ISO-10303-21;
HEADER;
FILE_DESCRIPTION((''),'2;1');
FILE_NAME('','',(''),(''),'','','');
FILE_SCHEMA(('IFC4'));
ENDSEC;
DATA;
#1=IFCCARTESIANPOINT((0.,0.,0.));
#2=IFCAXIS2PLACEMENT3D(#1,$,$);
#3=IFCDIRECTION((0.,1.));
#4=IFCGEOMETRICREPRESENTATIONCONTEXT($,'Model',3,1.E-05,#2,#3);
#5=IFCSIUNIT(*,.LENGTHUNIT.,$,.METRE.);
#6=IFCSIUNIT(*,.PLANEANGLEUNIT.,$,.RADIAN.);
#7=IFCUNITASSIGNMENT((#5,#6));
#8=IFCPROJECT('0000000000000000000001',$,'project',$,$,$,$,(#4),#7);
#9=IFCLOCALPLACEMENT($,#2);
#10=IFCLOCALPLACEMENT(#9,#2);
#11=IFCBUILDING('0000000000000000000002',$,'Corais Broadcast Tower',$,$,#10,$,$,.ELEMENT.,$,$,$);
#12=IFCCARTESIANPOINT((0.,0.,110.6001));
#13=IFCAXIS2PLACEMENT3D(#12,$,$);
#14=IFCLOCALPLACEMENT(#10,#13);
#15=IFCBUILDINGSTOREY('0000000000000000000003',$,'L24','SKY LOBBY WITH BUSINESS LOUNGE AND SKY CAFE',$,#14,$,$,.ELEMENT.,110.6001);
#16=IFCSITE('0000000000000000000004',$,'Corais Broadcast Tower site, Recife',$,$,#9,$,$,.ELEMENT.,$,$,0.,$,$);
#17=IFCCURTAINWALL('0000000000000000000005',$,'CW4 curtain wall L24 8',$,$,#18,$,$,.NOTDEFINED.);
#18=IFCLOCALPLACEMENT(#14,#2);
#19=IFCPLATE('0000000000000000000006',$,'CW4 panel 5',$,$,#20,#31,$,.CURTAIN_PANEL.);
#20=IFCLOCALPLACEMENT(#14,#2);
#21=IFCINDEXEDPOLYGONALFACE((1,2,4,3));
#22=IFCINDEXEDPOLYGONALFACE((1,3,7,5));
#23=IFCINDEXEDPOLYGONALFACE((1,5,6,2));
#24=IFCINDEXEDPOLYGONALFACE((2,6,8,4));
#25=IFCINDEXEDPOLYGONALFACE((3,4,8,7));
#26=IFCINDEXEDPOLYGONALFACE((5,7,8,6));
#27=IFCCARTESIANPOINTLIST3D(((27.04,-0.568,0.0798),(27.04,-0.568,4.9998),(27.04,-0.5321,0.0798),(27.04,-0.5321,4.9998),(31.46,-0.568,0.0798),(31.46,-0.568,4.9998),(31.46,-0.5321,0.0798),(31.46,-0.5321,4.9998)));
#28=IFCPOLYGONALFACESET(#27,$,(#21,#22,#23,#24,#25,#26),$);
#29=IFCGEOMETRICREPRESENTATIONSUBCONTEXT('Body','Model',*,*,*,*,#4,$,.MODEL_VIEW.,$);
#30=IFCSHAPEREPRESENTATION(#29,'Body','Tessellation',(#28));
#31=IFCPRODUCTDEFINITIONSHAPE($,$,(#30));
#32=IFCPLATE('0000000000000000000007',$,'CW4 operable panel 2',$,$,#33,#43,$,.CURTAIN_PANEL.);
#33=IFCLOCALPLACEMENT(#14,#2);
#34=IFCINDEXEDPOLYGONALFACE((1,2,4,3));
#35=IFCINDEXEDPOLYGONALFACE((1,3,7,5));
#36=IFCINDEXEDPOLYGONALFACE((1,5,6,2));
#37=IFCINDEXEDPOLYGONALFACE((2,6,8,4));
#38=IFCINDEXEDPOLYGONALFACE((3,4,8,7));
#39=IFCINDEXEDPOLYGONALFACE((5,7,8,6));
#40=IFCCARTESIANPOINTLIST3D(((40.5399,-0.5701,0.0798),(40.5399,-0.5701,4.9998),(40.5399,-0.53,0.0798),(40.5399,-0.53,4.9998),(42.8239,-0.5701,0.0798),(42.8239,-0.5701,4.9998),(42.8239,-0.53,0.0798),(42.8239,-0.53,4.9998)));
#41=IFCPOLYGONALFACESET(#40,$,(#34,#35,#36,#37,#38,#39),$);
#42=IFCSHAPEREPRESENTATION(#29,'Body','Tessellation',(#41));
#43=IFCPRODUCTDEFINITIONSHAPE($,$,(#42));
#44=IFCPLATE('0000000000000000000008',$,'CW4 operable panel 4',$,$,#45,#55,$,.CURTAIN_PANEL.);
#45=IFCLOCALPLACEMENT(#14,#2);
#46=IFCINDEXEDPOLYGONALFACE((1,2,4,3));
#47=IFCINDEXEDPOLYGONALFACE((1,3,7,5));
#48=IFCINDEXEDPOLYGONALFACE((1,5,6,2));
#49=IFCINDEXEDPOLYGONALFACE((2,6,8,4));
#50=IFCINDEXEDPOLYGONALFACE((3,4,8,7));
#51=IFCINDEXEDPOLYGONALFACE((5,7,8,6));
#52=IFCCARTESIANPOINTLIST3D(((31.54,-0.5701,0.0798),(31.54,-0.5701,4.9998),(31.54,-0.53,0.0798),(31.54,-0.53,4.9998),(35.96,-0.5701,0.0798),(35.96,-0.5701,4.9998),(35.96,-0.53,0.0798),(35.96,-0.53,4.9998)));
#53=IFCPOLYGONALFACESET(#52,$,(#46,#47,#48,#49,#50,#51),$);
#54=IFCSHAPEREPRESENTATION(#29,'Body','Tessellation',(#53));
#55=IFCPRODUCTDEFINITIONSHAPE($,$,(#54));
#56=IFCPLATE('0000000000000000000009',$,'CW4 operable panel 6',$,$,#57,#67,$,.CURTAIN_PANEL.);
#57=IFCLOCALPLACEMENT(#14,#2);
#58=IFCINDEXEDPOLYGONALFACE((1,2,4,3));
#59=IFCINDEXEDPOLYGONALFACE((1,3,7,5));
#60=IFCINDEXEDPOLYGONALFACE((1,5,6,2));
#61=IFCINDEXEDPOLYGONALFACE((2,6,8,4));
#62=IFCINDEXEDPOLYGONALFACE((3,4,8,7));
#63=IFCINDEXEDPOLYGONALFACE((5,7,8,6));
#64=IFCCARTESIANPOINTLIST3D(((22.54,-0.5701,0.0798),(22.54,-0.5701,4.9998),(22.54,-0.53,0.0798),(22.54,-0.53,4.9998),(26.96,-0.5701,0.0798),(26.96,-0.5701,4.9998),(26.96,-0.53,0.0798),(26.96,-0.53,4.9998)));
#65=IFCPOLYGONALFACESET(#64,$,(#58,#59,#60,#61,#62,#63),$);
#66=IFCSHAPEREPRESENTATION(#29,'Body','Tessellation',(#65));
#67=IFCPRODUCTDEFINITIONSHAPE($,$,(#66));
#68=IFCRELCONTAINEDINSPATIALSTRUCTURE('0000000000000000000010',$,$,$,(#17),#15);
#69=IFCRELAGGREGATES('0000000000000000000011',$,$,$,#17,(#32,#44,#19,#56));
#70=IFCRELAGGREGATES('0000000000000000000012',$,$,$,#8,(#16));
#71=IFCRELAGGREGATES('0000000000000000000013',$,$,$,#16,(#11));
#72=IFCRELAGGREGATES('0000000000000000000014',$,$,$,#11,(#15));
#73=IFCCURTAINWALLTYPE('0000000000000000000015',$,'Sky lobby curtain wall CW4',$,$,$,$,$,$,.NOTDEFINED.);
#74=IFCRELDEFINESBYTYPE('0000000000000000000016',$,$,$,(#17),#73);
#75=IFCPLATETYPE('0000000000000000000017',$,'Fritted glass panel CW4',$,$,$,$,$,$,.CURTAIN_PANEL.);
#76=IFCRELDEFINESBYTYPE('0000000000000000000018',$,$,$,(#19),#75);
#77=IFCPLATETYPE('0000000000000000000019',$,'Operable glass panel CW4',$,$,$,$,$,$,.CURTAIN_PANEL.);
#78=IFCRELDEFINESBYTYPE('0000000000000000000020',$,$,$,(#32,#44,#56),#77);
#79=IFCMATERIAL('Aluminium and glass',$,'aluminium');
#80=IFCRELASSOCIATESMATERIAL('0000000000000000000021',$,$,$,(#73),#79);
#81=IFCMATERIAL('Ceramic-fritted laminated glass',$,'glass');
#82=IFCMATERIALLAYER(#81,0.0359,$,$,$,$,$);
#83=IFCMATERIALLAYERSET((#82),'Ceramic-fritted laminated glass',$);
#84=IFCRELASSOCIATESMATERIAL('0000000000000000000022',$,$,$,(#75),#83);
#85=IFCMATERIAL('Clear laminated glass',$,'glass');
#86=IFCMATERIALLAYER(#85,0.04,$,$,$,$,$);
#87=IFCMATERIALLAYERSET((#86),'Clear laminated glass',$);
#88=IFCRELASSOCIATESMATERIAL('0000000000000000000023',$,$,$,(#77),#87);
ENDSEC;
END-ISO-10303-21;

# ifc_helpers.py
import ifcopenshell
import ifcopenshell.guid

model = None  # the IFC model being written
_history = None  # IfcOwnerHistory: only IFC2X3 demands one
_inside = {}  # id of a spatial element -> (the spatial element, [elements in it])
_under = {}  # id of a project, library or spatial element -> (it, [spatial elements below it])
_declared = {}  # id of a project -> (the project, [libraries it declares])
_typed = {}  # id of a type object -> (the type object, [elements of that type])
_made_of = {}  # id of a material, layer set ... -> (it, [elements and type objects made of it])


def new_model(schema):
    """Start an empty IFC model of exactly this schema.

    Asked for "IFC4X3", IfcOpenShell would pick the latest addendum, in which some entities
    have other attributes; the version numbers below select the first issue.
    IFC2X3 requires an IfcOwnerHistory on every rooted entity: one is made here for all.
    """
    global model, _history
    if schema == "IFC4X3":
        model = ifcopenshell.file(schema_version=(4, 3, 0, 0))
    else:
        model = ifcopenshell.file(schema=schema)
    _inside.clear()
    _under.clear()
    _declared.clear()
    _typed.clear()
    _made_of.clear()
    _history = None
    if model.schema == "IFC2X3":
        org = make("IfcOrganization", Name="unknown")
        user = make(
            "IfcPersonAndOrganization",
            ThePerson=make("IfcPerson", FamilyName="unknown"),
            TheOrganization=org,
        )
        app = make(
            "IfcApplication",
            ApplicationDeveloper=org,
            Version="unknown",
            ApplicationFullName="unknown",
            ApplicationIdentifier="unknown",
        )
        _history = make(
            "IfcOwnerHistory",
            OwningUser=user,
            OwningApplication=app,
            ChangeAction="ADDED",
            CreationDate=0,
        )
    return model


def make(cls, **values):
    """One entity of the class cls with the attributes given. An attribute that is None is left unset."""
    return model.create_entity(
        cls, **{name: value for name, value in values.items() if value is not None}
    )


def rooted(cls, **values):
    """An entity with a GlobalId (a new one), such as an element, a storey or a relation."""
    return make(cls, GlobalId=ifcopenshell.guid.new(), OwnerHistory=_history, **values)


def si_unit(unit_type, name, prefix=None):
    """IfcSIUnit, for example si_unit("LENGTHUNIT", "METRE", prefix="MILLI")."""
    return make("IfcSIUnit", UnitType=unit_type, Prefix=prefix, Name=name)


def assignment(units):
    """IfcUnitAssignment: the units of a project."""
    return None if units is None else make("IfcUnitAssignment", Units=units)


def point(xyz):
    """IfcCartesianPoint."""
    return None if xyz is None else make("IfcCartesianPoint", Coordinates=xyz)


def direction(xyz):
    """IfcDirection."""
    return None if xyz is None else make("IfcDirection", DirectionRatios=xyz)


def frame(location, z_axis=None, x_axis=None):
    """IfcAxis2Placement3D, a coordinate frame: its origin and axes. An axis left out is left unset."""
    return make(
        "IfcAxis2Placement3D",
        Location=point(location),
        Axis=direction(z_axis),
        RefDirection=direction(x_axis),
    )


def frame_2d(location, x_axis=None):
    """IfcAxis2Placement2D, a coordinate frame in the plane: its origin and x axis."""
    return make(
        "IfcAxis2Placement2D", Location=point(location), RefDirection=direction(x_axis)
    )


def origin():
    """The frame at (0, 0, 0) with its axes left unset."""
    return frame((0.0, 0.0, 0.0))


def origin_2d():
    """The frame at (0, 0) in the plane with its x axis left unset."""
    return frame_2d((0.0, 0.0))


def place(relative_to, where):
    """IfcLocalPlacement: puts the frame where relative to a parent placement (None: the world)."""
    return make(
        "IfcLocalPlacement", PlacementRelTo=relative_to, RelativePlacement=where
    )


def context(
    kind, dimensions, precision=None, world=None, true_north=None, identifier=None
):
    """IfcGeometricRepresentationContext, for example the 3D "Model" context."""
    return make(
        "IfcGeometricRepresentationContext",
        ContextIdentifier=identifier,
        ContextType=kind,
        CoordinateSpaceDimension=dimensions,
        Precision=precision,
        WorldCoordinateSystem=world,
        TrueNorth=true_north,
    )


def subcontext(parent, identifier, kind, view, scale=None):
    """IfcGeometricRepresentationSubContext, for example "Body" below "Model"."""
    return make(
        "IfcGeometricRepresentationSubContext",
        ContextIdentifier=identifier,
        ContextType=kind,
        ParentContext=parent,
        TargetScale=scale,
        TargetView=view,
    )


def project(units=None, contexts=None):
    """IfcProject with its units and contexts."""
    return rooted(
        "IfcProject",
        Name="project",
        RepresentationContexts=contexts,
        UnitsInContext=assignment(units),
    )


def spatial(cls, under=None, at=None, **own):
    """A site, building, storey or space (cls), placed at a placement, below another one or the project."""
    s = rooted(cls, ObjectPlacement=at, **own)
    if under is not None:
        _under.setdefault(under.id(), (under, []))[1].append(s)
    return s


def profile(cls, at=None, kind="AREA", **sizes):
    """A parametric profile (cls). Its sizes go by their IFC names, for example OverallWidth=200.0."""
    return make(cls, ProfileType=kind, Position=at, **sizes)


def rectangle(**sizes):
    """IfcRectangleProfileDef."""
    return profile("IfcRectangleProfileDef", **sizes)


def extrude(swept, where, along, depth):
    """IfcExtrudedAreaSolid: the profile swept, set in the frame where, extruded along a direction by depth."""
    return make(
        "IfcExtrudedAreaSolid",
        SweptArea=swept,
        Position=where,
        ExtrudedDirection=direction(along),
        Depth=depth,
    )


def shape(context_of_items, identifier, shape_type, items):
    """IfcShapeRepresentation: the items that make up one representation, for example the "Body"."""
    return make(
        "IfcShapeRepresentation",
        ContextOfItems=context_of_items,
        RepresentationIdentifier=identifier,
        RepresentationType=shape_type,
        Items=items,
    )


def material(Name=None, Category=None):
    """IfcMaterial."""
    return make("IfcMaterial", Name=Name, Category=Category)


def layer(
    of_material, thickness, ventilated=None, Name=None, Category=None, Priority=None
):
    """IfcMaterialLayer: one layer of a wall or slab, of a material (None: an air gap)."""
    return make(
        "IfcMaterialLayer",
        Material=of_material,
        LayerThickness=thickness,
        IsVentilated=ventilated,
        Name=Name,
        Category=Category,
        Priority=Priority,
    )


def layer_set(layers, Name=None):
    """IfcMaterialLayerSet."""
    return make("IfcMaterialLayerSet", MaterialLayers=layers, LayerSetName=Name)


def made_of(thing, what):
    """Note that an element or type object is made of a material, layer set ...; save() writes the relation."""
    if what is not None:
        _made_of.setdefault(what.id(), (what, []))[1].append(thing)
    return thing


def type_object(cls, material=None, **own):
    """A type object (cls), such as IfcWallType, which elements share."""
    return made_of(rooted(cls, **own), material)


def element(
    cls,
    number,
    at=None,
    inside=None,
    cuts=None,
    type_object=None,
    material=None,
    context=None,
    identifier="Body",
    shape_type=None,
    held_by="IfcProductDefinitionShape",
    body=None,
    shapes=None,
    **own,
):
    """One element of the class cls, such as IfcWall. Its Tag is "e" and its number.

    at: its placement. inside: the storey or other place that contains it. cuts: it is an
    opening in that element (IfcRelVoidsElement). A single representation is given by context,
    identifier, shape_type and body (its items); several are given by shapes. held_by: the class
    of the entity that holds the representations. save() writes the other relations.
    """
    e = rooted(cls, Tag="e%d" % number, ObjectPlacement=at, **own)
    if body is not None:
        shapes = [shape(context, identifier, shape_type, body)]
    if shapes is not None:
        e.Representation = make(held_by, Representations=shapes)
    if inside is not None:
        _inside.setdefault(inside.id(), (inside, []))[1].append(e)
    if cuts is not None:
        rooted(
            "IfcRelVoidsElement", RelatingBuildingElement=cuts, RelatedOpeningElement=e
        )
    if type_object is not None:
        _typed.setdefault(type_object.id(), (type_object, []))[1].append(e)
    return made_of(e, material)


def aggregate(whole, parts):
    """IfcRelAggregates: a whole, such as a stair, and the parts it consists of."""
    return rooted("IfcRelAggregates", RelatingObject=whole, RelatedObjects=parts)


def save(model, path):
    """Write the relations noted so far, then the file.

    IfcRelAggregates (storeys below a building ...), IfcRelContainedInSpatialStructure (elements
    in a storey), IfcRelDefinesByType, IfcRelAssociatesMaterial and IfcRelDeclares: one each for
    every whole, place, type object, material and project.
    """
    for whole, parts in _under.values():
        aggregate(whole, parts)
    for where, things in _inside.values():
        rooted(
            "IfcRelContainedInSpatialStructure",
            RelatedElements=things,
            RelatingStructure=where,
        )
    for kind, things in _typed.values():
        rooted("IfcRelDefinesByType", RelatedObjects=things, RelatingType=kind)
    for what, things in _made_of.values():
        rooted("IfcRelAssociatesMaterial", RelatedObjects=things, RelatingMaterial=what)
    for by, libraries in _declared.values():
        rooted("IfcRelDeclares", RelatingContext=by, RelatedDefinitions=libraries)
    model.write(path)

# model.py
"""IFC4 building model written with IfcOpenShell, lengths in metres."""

from ifc_helpers import new_model, si_unit, direction, frame, origin, origin_2d, place, context, subcontext, project, spatial, rectangle, extrude, material, layer, layer_set, type_object, element, aggregate, save


model = new_model("IFC4")

# Units and contexts
model_context = context("Model", 3, precision=1e-05, world=origin(), true_north=direction((0.0, 1.0)))
body_context = subcontext(model_context, "Body", "Model", "MODEL_VIEW")
ifc_project = project(units=[si_unit("LENGTHUNIT", "METRE"), si_unit("PLANEANGLEUNIT", "RADIAN")], contexts=[model_context])

# Site, building, storey
site_placement = place(None, origin())
site = spatial("IfcSite", under=ifc_project, at=site_placement, Name="Corais Broadcast Tower site, Recife", CompositionType="ELEMENT", RefElevation=0.0)
building_placement = place(site_placement, origin())
building = spatial("IfcBuilding", under=site, at=building_placement, Name="Corais Broadcast Tower", CompositionType="ELEMENT")
storey_placement = place(building_placement, frame((0.0, 0.0, 110.6001)))
storey = spatial("IfcBuildingStorey", under=building, at=storey_placement, Name="L24", Description="SKY LOBBY WITH BUSINESS LOUNGE AND SKY CAFE", CompositionType="ELEMENT", Elevation=110.6001)

# Curtain wall
ifc_material_1 = material(Name="Aluminium and glass", Category="aluminium")
curtain_wall_type = type_object("IfcCurtainWallType", Name="Sky lobby curtain wall CW4", PredefinedType="NOTDEFINED", material=ifc_material_1)
curtain_wall_placement = place(storey_placement, origin())
curtain_wall = element("IfcCurtainWall", 1, at=curtain_wall_placement, inside=storey, type_object=curtain_wall_type, Name="CW4 curtain wall L24 8", PredefinedType="NOTDEFINED")

# Plates
ifc_material_2 = material(Name="Ceramic-fritted laminated glass", Category="glass")
ifc_layer_1 = layer(ifc_material_2, 0.0359)
ifc_layer_set_1 = layer_set([ifc_layer_1], Name="Ceramic-fritted laminated glass")
plate_type_1 = type_object("IfcPlateType", Name="Fritted glass panel CW4", PredefinedType="CURTAIN_PANEL", material=ifc_layer_set_1)
plate_1_placement = place(storey_placement, frame((29.25, -0.55, 0.0798), z_axis=(0.0, 0.0, 1.0), x_axis=(-1.0, 0.0, 0.0)))
plate_1 = element("IfcPlate", 2, at=plate_1_placement, type_object=plate_type_1, Name="CW4 panel 5", PredefinedType="CURTAIN_PANEL", context=body_context, shape_type="SweptSolid", body=[
    extrude(rectangle(XDim=4.4199, YDim=0.0359, at=origin_2d()), origin(), (0.0, 0.0, 1.0), 4.9199),
])
ifc_material_3 = material(Name="Clear laminated glass", Category="glass")
ifc_layer_2 = layer(ifc_material_3, 0.04)
ifc_layer_set_2 = layer_set([ifc_layer_2], Name="Clear laminated glass")
plate_type_2 = type_object("IfcPlateType", Name="Operable glass panel CW4", PredefinedType="CURTAIN_PANEL", material=ifc_layer_set_2)
plate_2_placement = place(storey_placement, frame((41.6819, -0.55, 0.0798), z_axis=(0.0, 0.0, 1.0), x_axis=(-1.0, 0.0, 0.0)))
plate_2 = element("IfcPlate", 3, at=plate_2_placement, type_object=plate_type_2, Name="CW4 operable panel 2", PredefinedType="CURTAIN_PANEL", context=body_context, shape_type="SweptSolid", body=[
    extrude(rectangle(XDim=2.2839, YDim=0.04, at=origin_2d()), origin(), (0.0, 0.0, 1.0), 4.9199),
])
plate_3_placement = place(storey_placement, frame((33.75, -0.55, 0.0798), z_axis=(0.0, 0.0, 1.0), x_axis=(-1.0, 0.0, 0.0)))
plate_3 = element("IfcPlate", 4, at=plate_3_placement, type_object=plate_type_2, Name="CW4 operable panel 4", PredefinedType="CURTAIN_PANEL", context=body_context, shape_type="SweptSolid", body=[
    extrude(rectangle(XDim=4.4199, YDim=0.04, at=origin_2d()), origin(), (0.0, 0.0, 1.0), 4.9199),
])
plate_4_placement = place(storey_placement, frame((24.75, -0.55, 0.0798), z_axis=(0.0, 0.0, 1.0), x_axis=(-1.0, 0.0, 0.0)))
plate_4 = element("IfcPlate", 5, at=plate_4_placement, type_object=plate_type_2, Name="CW4 operable panel 6", PredefinedType="CURTAIN_PANEL", context=body_context, shape_type="SweptSolid", body=[
    extrude(rectangle(XDim=4.4199, YDim=0.04, at=origin_2d()), origin(), (0.0, 0.0, 1.0), 4.9199),
])
aggregate(curtain_wall, [plate_2, plate_3, plate_1, plate_4])

save(model, "model.ifc")
